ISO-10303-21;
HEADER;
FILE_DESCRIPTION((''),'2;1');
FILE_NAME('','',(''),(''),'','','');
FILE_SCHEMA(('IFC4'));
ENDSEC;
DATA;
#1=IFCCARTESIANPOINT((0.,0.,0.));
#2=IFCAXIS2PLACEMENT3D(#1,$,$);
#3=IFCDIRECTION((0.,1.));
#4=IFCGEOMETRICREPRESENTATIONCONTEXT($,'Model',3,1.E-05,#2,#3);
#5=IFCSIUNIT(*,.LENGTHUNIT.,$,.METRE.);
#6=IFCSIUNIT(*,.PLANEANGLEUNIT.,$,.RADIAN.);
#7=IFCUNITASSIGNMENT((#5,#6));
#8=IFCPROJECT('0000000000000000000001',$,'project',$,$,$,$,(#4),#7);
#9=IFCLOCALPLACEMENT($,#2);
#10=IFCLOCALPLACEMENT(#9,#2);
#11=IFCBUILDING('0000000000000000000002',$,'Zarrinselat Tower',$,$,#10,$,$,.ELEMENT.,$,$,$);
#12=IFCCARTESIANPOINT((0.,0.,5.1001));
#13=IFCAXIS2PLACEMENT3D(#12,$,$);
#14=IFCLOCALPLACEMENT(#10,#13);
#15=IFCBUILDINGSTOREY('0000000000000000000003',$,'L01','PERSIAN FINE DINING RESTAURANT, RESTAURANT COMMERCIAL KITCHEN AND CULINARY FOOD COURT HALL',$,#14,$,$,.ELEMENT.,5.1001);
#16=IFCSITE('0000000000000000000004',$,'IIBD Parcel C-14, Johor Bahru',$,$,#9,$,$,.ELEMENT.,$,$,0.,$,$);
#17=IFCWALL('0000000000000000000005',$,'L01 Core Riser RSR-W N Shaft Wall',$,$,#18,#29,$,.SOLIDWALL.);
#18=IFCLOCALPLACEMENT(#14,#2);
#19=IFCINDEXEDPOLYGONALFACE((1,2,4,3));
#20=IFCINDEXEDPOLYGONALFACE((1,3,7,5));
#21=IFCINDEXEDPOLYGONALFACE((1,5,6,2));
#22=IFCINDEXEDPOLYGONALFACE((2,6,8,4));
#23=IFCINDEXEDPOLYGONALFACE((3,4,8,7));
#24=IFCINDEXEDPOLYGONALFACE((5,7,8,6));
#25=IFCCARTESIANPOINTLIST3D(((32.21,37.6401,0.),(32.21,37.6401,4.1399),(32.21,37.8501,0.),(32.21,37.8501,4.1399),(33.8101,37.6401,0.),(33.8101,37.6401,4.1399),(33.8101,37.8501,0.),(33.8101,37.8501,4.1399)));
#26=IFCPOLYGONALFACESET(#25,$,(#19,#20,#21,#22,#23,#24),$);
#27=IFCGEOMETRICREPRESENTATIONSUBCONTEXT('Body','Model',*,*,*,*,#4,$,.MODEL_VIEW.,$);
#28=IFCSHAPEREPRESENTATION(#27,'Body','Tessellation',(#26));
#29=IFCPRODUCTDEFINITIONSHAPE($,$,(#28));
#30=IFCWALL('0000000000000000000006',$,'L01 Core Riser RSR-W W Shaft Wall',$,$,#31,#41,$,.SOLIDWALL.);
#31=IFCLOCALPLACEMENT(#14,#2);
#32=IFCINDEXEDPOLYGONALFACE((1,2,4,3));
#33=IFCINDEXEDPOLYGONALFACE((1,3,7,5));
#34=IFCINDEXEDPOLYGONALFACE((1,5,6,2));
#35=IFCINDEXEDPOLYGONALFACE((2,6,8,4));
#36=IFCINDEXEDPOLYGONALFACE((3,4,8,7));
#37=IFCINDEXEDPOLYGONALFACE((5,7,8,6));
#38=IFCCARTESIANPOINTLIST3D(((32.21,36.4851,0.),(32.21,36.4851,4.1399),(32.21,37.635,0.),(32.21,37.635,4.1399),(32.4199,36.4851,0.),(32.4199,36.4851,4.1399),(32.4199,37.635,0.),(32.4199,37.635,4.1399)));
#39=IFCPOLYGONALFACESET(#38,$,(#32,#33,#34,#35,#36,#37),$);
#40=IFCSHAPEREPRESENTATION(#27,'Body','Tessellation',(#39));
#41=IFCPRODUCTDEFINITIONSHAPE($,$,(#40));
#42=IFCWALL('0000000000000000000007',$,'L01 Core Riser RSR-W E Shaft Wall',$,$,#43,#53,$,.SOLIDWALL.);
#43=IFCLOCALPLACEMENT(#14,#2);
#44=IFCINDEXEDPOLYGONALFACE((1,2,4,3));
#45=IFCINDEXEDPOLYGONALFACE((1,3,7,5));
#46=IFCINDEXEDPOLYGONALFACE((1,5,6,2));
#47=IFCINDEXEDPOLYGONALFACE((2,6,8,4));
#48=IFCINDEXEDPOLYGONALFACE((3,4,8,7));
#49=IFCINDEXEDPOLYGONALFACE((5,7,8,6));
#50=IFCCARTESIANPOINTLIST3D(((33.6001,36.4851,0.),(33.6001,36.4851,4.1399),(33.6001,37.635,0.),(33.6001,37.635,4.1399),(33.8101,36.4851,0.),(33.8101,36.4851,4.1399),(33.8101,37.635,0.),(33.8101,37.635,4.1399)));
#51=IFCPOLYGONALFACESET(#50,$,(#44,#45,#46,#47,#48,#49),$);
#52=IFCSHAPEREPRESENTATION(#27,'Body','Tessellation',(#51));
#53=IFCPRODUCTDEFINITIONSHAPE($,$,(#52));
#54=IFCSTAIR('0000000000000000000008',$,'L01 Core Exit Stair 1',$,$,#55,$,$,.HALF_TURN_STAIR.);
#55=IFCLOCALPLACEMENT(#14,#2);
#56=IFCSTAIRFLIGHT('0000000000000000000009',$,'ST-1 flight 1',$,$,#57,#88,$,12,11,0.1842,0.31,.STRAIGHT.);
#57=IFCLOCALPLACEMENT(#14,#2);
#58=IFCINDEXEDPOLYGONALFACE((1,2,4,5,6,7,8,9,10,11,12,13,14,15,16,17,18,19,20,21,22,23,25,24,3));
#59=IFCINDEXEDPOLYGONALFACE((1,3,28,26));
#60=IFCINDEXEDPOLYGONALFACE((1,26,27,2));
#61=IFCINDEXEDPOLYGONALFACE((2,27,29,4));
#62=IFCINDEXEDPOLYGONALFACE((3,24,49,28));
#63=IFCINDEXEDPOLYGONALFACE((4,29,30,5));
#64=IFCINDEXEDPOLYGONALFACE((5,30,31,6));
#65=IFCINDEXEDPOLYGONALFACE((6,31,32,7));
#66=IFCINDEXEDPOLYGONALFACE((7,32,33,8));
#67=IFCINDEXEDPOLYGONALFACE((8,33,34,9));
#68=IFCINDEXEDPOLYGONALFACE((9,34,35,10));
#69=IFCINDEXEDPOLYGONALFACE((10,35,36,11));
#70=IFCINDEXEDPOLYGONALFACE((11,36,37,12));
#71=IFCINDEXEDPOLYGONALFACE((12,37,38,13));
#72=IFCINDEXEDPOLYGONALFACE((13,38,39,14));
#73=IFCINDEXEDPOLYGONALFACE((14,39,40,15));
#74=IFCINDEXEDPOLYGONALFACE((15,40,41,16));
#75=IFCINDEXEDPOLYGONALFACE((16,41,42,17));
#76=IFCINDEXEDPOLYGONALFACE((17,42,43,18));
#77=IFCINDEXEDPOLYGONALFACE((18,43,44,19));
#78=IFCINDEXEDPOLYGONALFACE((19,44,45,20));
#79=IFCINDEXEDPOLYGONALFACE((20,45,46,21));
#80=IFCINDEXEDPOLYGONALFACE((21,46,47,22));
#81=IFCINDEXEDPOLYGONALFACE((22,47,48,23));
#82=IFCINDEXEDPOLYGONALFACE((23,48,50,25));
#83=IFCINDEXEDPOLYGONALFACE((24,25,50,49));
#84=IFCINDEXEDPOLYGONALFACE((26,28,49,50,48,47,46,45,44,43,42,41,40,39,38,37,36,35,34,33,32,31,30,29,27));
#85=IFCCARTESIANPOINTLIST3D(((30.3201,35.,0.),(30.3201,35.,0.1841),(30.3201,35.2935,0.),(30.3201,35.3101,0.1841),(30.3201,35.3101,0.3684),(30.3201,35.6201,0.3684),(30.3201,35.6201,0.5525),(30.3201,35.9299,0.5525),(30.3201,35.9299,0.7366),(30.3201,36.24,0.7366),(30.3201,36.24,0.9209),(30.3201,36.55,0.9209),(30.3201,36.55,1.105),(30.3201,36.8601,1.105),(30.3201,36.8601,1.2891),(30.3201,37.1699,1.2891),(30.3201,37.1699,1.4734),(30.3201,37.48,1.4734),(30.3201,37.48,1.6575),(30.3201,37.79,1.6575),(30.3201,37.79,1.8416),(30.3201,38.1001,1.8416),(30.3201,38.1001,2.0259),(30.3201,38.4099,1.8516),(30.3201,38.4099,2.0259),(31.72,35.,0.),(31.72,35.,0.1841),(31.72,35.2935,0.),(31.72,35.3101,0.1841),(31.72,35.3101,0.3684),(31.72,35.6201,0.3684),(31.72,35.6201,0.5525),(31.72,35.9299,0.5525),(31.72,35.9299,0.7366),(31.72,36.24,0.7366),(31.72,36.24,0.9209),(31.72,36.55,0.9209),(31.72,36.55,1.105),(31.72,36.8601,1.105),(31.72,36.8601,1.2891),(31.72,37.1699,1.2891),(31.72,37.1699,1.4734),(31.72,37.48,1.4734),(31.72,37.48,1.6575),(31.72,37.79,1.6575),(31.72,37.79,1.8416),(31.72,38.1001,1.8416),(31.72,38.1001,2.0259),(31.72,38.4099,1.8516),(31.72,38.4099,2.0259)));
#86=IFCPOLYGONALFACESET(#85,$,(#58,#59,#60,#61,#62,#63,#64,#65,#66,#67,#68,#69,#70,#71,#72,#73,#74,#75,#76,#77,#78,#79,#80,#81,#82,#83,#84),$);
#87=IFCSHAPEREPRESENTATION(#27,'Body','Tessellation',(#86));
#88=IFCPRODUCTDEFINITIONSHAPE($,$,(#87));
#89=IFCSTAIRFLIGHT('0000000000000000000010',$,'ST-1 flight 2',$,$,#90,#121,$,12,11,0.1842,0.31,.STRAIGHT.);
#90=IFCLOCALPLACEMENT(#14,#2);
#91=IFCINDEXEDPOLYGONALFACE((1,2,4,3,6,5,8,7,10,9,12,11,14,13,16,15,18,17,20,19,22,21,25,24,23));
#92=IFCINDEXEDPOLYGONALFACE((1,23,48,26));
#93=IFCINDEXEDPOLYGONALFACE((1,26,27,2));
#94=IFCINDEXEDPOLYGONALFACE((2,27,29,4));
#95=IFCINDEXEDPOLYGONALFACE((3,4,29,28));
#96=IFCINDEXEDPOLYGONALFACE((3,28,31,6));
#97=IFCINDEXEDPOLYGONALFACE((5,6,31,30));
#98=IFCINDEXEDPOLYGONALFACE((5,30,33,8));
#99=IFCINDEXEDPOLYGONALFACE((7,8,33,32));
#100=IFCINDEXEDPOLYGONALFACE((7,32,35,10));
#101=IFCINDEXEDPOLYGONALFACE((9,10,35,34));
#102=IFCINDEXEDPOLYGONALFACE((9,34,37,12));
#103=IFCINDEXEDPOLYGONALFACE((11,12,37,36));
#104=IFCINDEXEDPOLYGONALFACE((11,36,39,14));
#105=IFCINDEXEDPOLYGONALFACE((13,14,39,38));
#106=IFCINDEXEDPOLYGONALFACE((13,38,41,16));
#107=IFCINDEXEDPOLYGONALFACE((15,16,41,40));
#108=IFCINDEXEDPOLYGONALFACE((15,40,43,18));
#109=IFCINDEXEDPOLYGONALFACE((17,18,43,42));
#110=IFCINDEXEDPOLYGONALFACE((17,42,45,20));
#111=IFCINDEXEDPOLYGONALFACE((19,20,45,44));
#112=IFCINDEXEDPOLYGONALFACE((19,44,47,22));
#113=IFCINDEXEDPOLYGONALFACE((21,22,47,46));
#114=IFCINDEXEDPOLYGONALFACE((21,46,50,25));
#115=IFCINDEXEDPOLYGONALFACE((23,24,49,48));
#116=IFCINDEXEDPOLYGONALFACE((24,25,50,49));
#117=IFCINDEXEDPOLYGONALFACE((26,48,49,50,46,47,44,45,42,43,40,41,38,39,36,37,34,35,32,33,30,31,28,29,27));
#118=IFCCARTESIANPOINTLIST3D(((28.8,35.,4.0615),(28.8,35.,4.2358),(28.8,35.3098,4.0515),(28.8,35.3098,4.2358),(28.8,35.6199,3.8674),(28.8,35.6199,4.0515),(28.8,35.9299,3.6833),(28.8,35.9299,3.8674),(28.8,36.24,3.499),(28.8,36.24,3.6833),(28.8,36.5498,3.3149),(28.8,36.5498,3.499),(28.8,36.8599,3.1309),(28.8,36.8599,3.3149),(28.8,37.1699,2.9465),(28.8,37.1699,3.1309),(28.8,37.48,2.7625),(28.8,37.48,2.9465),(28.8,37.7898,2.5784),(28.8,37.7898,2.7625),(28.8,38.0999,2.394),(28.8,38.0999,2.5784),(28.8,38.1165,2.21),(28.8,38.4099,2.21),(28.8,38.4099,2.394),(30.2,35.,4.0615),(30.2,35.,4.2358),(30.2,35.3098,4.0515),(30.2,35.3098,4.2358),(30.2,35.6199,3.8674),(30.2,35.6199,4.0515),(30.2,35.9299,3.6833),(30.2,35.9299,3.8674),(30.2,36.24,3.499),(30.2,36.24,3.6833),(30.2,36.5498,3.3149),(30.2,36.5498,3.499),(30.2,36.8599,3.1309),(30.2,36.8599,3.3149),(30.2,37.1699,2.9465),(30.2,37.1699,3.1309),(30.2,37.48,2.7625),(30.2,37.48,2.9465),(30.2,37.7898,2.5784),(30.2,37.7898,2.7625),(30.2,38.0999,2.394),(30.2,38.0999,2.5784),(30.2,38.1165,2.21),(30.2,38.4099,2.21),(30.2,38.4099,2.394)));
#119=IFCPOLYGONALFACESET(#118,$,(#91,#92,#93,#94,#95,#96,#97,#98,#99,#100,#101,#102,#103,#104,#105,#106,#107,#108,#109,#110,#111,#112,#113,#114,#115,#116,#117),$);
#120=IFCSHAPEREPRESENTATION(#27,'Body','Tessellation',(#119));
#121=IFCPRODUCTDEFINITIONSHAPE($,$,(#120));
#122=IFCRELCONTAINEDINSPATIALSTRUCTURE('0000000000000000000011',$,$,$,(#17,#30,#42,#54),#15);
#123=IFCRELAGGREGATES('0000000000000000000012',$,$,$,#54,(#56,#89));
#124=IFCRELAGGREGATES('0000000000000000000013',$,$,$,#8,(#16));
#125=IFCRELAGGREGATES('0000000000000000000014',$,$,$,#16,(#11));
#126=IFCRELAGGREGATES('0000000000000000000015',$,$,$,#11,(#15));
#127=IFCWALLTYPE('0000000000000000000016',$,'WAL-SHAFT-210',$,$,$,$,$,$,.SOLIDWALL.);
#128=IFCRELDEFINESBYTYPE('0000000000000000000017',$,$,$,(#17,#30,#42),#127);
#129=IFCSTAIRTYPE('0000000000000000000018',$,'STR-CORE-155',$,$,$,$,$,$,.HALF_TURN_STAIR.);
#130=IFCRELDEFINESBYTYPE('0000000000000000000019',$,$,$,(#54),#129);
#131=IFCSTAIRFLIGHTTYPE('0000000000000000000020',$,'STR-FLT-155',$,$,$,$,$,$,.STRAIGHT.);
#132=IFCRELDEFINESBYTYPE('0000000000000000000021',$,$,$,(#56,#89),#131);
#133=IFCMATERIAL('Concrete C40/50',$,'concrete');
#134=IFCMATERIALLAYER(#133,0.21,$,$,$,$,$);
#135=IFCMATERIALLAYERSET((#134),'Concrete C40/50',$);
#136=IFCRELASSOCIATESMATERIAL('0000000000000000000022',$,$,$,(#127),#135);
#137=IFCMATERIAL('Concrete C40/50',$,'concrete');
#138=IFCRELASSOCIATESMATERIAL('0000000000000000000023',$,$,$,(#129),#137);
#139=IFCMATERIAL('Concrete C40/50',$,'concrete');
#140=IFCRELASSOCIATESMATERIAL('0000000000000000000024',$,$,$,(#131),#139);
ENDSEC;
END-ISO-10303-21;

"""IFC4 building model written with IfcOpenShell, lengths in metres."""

from ifc_helpers import new_model, si_unit, direction, frame, frame_2d, origin, place, context, subcontext, project, spatial, polyline, rectangle, outline, extrude, material, layer, layer_set, type_object, element, aggregate, save


model = new_model("IFC4")

# Units and contexts
model_context = context("Model", 3, precision=1e-05, world=origin(), true_north=direction((0.0, 1.0)))
body_context = subcontext(model_context, "Body", "Model", "MODEL_VIEW")
ifc_project = project(units=[si_unit("LENGTHUNIT", "METRE"), si_unit("PLANEANGLEUNIT", "RADIAN")], contexts=[model_context])

# Site, building, storey
site_placement = place(None, origin())
site = spatial("IfcSite", under=ifc_project, at=site_placement, Name="IIBD Parcel C-14, Johor Bahru", CompositionType="ELEMENT", RefElevation=0.0)
building_placement = place(site_placement, origin())
building = spatial("IfcBuilding", under=site, at=building_placement, Name="Zarrinselat Tower", CompositionType="ELEMENT")
storey_placement = place(building_placement, frame((0.0, 0.0, 5.1001)))
storey = spatial("IfcBuildingStorey", under=building, at=storey_placement, Name="L01", Description="PERSIAN FINE DINING RESTAURANT, RESTAURANT COMMERCIAL KITCHEN AND CULINARY FOOD COURT HALL", CompositionType="ELEMENT", Elevation=5.1001)

# Walls
ifc_material_1 = material(Name="Concrete C40/50", Category="concrete")
ifc_layer_1 = layer(ifc_material_1, 0.21)
ifc_layer_set_1 = layer_set([ifc_layer_1], Name="Concrete C40/50")
wall_type_1 = type_object("IfcWallType", Name="WAL-SHAFT-210", PredefinedType="SOLIDWALL", material=ifc_layer_set_1)
for number, where, z_axis, x_axis, name in (
    (1, (32.21, 37.7451, 0.0), (0.0, 0.0, 1.0), (1.0, 0.0, 0.0), "L01 Core Riser RSR-W N Shaft Wall"),
):
    element("IfcWall", number, at=place(storey_placement, frame(where, z_axis=z_axis, x_axis=x_axis)), inside=storey, type_object=wall_type_1, Name=name, PredefinedType="SOLIDWALL", context=body_context, shape_type="SweptSolid", body=[
        extrude(rectangle(XDim=1.6001, YDim=0.21, at=frame_2d((0.8, 0.0))), origin(), (0.0, 0.0, 1.0), 4.1399),
    ])
for number, where, z_axis, x_axis, name in (
    (2, (32.3149, 36.4851, 0.0), (0.0, 0.0, 1.0), (0.0, 1.0, 0.0), "L01 Core Riser RSR-W W Shaft Wall"),
    (3, (33.7051, 36.4851, 0.0), (0.0, 0.0, 1.0), (0.0, 1.0, 0.0), "L01 Core Riser RSR-W E Shaft Wall"),
):
    element("IfcWall", number, at=place(storey_placement, frame(where, z_axis=z_axis, x_axis=x_axis)), inside=storey, type_object=wall_type_1, Name=name, PredefinedType="SOLIDWALL", context=body_context, shape_type="SweptSolid", body=[
        extrude(rectangle(XDim=1.1499, YDim=0.21, at=frame_2d((0.575, 0.0))), origin(), (0.0, 0.0, 1.0), 4.1399),
    ])

# Stair, stair flights
ifc_material_2 = material(Name="Concrete C40/50", Category="concrete")
stair_type = type_object("IfcStairType", Name="STR-CORE-155", PredefinedType="HALF_TURN_STAIR", material=ifc_material_2)
stair_placement = place(storey_placement, origin())
stair = element("IfcStair", 4, at=stair_placement, inside=storey, type_object=stair_type, Name="L01 Core Exit Stair 1", PredefinedType="HALF_TURN_STAIR")
ifc_material_3 = material(Name="Concrete C40/50", Category="concrete")
stair_flight_type = type_object("IfcStairFlightType", Name="STR-FLT-155", PredefinedType="STRAIGHT", material=ifc_material_3)
stair_flight_1_placement = place(storey_placement, frame((31.02, 35.0, 0.0), z_axis=(0.0, 0.0, 1.0), x_axis=(0.0, 1.0, 0.0)))
stair_flight_1 = element("IfcStairFlight", 5, at=stair_flight_1_placement, type_object=stair_flight_type, Name="ST-1 flight 1", NumberOfRisers=12, NumberOfTreads=11, PredefinedType="STRAIGHT", RiserHeight=0.1842, TreadLength=0.31, context=body_context, shape_type="SweptSolid", body=[
    extrude(outline(polyline([(0.0, 0.0), (0.0, 0.1841), (0.3101, 0.1841), (0.3101, 0.3684), (0.6201, 0.3684), (0.6201, 0.5525), (0.9299, 0.5525), (0.9299, 0.7366), (1.24, 0.7366), (1.24, 0.9209), (1.55, 0.9209), (1.55, 1.105), (1.8601, 1.105), (1.8601, 1.2891), (2.1699, 1.2891), (2.1699, 1.4734), (2.48, 1.4734), (2.48, 1.6575), (2.79, 1.6575), (2.79, 1.8416), (3.1001, 1.8416), (3.1001, 2.0259), (3.4099, 2.0259), (3.4099, 2.21), (3.4099, 1.8516), (0.2935, 0.0), (0.0, 0.0)])), frame((0.0, 0.7, 0.0), z_axis=(0.0, -1.0, 0.0), x_axis=(1.0, 0.0, 0.0)), (0.0, 0.0, 1.0), 1.3999),
])
stair_flight_2_placement = place(storey_placement, frame((29.5, 38.4099, 2.21), z_axis=(0.0, 0.0, 1.0), x_axis=(0.0, -1.0, 0.0)))
stair_flight_2 = element("IfcStairFlight", 6, at=stair_flight_2_placement, type_object=stair_flight_type, Name="ST-1 flight 2", NumberOfRisers=12, NumberOfTreads=11, PredefinedType="STRAIGHT", RiserHeight=0.1842, TreadLength=0.31, context=body_context, shape_type="SweptSolid", body=[
    extrude(outline(polyline([(0.0, 0.0), (0.0, 0.1841), (0.3101, 0.1841), (0.3101, 0.3684), (0.6201, 0.3684), (0.6201, 0.5525), (0.9299, 0.5525), (0.9299, 0.7366), (1.24, 0.7366), (1.24, 0.9209), (1.55, 0.9209), (1.55, 1.105), (1.8601, 1.105), (1.8601, 1.2891), (2.1699, 1.2891), (2.1699, 1.4734), (2.48, 1.4734), (2.48, 1.6575), (2.79, 1.6575), (2.79, 1.8416), (3.1001, 1.8416), (3.1001, 2.0259), (3.4099, 2.0259), (3.4099, 2.21), (3.4099, 1.8516), (0.2935, 0.0), (0.0, 0.0)])), frame((0.0, 0.7, 0.0), z_axis=(0.0, -1.0, 0.0), x_axis=(1.0, 0.0, 0.0)), (0.0, 0.0, 1.0), 1.3999),
])
aggregate(stair, [stair_flight_1, stair_flight_2])

save(model, "model.ifc")
